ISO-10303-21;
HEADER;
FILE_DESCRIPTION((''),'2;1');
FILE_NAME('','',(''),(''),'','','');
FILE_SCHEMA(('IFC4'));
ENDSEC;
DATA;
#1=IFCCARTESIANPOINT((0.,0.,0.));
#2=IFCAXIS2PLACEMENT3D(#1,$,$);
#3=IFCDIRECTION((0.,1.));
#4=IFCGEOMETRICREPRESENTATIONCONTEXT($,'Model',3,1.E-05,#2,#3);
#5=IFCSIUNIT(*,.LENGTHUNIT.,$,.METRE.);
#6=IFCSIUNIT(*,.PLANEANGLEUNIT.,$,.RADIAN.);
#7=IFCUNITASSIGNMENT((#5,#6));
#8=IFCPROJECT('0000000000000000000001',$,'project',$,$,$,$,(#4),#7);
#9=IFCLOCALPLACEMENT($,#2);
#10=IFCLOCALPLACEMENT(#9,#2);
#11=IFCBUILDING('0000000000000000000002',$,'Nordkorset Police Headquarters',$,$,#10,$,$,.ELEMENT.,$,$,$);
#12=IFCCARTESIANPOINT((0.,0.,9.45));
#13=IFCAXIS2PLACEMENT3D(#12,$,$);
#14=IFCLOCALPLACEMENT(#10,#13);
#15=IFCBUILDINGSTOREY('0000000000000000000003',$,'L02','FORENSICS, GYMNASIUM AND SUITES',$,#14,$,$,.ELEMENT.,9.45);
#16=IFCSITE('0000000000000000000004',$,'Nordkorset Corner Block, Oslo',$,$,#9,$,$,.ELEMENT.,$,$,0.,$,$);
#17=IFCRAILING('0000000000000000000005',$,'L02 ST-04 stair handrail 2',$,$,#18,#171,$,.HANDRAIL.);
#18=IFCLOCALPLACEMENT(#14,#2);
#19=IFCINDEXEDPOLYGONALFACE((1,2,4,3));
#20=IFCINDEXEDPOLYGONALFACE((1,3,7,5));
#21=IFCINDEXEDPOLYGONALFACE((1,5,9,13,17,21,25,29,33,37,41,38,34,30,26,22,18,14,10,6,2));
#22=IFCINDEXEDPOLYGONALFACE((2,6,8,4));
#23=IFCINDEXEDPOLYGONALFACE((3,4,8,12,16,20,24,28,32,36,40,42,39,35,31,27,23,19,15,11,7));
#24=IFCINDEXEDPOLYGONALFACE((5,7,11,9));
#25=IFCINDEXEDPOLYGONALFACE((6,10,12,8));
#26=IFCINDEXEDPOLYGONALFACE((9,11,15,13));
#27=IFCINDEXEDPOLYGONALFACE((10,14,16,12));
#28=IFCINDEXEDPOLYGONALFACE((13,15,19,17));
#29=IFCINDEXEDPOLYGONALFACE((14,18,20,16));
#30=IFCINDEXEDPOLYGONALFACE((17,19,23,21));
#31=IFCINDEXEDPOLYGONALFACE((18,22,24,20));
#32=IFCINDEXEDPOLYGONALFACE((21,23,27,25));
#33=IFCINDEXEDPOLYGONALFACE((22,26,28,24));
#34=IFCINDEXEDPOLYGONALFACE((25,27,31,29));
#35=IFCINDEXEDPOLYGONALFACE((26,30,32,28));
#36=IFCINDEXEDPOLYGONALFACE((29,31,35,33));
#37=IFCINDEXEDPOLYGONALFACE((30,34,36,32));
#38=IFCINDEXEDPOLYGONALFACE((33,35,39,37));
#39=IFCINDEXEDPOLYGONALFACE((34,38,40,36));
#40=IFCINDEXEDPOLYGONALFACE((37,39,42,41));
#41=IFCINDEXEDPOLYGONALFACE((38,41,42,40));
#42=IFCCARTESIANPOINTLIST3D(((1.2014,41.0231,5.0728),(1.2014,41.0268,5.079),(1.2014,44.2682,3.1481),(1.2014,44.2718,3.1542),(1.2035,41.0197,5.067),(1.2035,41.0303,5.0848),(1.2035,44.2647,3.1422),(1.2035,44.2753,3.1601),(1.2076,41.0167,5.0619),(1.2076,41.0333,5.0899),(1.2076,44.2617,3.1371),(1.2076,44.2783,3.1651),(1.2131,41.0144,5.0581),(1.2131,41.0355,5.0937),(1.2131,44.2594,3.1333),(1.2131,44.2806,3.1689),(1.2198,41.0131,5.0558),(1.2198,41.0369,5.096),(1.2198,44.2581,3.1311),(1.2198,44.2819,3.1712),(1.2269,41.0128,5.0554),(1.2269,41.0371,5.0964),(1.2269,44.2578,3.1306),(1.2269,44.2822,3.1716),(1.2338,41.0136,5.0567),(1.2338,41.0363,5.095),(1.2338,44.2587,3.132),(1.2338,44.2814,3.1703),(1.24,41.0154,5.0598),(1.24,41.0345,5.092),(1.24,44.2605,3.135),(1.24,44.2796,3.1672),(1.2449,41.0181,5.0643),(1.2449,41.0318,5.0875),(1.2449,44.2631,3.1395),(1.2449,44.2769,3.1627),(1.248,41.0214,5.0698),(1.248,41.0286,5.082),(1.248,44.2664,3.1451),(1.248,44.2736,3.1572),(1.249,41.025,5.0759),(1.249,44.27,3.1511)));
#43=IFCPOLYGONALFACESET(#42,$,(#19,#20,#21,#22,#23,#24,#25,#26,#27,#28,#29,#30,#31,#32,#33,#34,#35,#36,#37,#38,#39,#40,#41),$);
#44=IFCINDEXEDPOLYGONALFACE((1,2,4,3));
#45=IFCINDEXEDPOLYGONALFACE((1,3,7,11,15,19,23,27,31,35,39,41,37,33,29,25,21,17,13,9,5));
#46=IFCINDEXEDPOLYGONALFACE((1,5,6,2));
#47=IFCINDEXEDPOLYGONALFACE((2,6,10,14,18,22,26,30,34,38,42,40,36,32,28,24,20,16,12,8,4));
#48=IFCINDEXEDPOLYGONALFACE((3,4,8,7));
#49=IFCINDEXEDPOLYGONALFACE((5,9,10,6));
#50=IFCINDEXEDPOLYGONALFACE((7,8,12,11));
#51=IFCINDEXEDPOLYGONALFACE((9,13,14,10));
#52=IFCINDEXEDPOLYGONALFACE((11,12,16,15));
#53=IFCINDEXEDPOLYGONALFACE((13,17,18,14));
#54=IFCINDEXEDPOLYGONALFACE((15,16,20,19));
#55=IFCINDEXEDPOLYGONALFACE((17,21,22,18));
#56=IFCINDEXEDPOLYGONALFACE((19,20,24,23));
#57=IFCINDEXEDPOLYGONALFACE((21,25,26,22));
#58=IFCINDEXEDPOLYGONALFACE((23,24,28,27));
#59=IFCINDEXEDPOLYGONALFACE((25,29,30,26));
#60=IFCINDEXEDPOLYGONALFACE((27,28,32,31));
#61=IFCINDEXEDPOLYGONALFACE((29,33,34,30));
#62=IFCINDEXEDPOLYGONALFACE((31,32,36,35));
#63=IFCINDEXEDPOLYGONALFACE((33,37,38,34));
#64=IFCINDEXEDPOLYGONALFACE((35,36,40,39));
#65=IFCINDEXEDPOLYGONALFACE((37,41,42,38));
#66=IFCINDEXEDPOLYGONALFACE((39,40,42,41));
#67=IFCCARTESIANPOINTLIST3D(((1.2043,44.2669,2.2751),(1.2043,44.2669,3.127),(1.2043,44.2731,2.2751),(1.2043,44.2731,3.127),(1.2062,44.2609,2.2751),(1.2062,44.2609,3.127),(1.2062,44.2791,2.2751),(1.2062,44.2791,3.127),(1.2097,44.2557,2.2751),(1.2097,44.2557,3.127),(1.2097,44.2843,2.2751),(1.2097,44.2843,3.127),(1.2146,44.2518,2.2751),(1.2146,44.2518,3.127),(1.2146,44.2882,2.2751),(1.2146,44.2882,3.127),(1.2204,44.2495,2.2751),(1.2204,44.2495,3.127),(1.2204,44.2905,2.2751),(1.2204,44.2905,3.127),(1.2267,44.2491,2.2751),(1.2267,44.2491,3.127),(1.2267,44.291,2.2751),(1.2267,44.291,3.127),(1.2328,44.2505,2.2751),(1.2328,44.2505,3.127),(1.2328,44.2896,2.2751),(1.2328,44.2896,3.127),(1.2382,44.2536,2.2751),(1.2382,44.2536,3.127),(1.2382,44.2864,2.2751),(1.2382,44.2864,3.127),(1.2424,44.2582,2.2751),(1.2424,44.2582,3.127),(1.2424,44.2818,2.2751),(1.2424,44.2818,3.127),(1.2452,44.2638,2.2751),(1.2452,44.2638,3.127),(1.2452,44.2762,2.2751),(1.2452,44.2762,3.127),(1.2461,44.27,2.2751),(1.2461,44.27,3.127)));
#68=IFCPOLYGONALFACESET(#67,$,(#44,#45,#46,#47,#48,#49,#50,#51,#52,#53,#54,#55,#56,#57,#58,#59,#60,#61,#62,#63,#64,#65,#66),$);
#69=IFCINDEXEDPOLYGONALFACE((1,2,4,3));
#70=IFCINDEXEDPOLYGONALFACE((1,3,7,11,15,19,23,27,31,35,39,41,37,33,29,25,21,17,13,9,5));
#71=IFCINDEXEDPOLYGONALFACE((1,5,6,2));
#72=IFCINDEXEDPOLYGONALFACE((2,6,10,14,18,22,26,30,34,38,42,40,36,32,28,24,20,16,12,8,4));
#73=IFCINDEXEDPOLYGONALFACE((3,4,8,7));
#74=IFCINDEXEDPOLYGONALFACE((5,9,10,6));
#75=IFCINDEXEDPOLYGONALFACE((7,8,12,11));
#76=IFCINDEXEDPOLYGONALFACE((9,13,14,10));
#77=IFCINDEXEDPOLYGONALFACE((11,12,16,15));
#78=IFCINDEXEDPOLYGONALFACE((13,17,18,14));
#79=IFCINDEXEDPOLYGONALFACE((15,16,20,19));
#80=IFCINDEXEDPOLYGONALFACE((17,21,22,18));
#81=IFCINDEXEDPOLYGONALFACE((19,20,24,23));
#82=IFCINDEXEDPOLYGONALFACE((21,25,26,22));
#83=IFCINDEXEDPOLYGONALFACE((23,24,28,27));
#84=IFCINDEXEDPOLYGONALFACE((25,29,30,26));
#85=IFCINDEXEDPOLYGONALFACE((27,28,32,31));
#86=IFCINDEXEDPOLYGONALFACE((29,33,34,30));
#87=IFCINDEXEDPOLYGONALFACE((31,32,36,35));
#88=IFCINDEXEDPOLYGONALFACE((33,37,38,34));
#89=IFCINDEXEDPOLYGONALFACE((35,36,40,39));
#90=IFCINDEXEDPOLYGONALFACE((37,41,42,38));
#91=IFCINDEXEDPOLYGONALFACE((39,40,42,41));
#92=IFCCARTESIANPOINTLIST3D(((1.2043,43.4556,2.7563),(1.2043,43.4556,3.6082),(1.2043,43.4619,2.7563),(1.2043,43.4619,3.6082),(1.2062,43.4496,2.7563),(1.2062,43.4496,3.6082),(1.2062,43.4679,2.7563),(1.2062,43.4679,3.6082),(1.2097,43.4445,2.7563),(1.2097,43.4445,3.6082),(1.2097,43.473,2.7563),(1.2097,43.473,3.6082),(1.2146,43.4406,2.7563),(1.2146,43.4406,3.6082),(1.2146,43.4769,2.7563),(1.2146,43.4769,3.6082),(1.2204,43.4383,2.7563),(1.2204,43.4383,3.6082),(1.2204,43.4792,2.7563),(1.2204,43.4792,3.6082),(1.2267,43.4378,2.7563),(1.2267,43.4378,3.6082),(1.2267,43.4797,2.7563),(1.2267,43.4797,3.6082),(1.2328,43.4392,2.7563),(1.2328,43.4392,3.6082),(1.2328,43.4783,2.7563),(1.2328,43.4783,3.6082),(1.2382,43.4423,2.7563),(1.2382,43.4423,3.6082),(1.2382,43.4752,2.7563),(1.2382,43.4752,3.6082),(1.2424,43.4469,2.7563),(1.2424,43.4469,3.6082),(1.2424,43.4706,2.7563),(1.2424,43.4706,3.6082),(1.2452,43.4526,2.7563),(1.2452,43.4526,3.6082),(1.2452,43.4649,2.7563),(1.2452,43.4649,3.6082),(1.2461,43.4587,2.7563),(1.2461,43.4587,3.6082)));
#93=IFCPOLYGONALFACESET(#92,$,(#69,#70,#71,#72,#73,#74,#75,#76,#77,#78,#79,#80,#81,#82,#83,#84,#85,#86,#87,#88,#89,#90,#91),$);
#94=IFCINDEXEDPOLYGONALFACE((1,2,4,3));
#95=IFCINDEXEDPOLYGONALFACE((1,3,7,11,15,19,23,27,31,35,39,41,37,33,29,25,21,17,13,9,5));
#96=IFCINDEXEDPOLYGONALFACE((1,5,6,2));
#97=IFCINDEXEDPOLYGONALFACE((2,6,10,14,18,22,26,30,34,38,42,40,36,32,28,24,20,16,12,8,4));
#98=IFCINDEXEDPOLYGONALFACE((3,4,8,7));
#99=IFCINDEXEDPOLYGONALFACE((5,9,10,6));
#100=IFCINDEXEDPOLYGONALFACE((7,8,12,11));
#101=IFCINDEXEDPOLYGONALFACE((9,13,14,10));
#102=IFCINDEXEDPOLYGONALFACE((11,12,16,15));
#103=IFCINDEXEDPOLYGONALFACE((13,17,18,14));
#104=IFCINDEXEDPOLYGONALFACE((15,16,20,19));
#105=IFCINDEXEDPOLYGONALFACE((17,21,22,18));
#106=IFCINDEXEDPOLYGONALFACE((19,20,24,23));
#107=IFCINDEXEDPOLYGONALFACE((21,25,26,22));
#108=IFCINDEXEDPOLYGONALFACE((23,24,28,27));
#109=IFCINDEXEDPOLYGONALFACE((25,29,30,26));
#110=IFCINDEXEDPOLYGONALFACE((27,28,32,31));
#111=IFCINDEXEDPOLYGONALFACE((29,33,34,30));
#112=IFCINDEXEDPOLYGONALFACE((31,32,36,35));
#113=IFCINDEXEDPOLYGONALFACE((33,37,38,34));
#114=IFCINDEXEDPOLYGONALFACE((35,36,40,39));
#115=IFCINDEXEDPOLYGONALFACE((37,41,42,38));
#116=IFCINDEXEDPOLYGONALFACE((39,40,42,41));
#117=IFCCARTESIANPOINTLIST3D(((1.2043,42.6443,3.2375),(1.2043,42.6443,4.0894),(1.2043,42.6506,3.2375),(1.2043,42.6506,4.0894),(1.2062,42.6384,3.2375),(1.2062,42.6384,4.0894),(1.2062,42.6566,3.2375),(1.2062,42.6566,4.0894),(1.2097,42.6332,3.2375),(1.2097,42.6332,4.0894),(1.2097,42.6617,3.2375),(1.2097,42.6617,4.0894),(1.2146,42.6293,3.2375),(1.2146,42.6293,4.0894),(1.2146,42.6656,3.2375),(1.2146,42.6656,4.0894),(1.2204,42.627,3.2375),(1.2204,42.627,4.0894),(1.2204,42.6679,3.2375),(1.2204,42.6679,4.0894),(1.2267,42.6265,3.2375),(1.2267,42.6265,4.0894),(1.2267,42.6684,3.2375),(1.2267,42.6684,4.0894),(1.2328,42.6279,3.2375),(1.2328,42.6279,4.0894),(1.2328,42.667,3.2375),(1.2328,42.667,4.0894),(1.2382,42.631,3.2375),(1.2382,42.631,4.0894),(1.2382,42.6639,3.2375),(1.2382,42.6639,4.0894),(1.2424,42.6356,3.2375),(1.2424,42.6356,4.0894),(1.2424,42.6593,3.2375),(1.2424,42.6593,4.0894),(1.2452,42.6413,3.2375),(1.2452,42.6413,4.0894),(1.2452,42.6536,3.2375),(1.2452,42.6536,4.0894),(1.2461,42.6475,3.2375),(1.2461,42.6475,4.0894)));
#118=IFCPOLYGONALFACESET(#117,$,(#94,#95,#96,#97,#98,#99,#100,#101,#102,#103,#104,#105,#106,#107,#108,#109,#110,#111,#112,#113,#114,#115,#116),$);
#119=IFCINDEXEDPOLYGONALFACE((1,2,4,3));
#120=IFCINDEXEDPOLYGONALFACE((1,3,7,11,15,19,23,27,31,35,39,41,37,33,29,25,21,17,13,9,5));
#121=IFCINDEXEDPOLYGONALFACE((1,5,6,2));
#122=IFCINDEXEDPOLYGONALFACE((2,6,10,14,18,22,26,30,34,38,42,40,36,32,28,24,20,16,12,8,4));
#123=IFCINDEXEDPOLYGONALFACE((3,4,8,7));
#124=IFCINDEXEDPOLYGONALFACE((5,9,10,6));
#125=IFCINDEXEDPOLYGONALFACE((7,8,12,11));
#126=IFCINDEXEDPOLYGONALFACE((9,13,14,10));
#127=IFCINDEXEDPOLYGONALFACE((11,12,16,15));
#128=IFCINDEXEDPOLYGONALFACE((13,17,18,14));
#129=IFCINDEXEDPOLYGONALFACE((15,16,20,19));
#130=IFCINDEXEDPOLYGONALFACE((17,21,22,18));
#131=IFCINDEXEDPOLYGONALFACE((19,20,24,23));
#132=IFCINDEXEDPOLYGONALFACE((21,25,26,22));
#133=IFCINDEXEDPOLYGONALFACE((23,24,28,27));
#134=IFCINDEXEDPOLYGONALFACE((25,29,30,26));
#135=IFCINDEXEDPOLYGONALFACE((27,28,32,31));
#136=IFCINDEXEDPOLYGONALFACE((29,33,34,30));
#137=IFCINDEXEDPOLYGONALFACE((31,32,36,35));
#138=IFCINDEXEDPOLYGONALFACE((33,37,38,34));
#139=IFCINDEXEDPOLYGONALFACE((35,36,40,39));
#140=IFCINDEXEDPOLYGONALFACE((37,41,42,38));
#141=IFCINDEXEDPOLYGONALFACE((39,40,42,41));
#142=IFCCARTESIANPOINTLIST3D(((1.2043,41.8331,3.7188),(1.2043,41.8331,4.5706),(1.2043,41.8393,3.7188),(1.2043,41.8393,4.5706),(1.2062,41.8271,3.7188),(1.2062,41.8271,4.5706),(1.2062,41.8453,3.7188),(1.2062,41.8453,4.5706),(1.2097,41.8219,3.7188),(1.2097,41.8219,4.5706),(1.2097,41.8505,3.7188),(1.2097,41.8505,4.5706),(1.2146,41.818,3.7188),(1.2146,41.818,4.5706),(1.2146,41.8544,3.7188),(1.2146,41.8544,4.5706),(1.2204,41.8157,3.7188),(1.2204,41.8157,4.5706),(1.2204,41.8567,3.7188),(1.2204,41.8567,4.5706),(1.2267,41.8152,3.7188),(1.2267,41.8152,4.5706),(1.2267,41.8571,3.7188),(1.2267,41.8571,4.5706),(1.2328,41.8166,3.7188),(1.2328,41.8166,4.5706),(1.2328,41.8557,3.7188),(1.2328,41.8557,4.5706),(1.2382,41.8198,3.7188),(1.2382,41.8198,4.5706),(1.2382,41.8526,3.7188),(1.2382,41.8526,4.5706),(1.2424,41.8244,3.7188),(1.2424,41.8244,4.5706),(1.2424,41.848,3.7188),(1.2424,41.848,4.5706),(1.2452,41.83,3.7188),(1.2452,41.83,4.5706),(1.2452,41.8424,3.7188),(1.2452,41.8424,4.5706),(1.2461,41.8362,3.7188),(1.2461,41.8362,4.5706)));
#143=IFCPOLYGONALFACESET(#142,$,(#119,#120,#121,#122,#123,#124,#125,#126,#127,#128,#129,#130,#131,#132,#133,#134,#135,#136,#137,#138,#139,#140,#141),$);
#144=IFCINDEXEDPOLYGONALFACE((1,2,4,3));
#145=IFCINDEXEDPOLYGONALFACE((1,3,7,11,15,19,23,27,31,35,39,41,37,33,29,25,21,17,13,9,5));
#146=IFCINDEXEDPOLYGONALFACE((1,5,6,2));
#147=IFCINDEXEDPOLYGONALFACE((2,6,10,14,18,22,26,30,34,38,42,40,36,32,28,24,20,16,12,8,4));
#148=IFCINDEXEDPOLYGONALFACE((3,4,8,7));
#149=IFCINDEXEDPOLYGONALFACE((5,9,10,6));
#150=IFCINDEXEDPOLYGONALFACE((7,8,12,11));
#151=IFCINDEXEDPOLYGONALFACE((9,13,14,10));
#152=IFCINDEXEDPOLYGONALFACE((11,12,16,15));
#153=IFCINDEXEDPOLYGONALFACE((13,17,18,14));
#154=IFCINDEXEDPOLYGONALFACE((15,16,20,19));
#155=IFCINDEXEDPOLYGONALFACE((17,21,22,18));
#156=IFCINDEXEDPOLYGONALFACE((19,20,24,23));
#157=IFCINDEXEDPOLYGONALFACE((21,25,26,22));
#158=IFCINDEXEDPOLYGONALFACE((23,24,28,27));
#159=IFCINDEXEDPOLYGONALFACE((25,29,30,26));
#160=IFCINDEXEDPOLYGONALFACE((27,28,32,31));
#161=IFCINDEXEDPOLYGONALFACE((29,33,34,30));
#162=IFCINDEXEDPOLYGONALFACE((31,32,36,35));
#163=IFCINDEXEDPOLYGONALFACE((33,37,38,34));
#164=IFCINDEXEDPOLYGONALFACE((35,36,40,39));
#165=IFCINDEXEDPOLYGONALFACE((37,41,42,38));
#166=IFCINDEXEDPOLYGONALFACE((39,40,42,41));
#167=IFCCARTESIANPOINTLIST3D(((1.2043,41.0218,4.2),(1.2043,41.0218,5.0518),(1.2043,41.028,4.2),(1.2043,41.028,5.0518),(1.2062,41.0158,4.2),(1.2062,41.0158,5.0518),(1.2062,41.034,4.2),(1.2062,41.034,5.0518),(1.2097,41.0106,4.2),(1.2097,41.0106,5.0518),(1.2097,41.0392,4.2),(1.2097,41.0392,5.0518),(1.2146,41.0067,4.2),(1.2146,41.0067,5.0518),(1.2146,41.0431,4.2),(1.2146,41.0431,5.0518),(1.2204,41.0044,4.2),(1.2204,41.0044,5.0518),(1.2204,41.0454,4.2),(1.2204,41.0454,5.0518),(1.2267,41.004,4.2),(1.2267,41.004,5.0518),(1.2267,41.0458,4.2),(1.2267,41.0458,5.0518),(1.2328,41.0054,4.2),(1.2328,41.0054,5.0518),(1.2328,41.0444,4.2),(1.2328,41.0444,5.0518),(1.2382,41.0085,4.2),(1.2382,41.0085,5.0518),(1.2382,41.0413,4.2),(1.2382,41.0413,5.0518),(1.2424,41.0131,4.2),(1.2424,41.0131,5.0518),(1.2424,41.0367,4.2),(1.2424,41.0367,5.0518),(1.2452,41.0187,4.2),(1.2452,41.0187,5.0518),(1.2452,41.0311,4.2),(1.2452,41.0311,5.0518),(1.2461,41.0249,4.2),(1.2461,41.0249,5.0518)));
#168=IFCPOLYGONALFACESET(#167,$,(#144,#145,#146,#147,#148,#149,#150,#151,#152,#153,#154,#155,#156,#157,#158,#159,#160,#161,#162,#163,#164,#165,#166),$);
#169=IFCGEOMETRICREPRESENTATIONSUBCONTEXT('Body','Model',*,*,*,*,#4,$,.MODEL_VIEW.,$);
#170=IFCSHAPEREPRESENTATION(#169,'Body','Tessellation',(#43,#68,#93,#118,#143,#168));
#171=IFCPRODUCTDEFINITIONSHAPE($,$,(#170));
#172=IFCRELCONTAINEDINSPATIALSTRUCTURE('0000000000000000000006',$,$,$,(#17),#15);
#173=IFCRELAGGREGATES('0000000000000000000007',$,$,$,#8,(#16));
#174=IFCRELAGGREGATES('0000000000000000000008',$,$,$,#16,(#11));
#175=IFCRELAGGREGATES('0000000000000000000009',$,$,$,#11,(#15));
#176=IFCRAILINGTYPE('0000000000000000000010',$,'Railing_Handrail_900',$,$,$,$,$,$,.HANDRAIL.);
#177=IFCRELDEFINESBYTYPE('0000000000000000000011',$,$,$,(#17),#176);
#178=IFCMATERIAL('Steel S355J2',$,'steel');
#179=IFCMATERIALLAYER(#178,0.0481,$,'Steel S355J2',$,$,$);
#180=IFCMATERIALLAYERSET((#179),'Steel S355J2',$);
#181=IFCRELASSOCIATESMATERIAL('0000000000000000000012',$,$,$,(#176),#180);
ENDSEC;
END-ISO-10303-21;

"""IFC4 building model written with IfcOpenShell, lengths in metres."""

from ifc_helpers import new_model, si_unit, direction, frame, origin, origin_2d, place, context, subcontext, project, spatial, circle, extrude, material, layer, layer_set, type_object, element, save


model = new_model("IFC4")

# Units and contexts
model_context = context("Model", 3, precision=1e-05, world=origin(), true_north=direction((0.0, 1.0)))
body_context = subcontext(model_context, "Body", "Model", "MODEL_VIEW")
ifc_project = project(units=[si_unit("LENGTHUNIT", "METRE"), si_unit("PLANEANGLEUNIT", "RADIAN")], contexts=[model_context])

# Site, building, storey
site_placement = place(None, origin())
site = spatial("IfcSite", under=ifc_project, at=site_placement, Name="Nordkorset Corner Block, Oslo", CompositionType="ELEMENT", RefElevation=0.0)
building_placement = place(site_placement, origin())
building = spatial("IfcBuilding", under=site, at=building_placement, Name="Nordkorset Police Headquarters", CompositionType="ELEMENT")
storey_placement = place(building_placement, frame((0.0, 0.0, 9.45)))
storey = spatial("IfcBuildingStorey", under=building, at=storey_placement, Name="L02", Description="FORENSICS, GYMNASIUM AND SUITES", CompositionType="ELEMENT", Elevation=9.45)

# Railing
ifc_material_1 = material(Name="Steel S355J2", Category="steel")
ifc_layer_1 = layer(ifc_material_1, 0.0481, Name="Steel S355J2")
ifc_layer_set_1 = layer_set([ifc_layer_1], Name="Steel S355J2")
railing_type_1 = type_object("IfcRailingType", Name="Railing_Handrail_900", PredefinedType="HANDRAIL", material=ifc_layer_set_1)
railing_1_placement = place(storey_placement, frame((1.2251, 44.27, 2.2751)))
element("IfcRailing", 1, at=railing_1_placement, inside=storey, type_object=railing_type_1, Name="L02 ST-04 stair handrail 2", PredefinedType="HANDRAIL", context=body_context, shape_type="SweptSolid", body=[
    extrude(circle(Radius=0.0239, at=origin_2d()), frame((0.0, 0.0, 0.876), z_axis=(0.0, -0.860085, 0.51015), x_axis=(1.0, 0.0, 0.0)), (0.0, 0.0, 1.0), 3.7729),
    extrude(circle(Radius=0.021, at=origin_2d()), origin(), (0.0, 0.0, 1.0), 0.8518),
    extrude(circle(Radius=0.021, at=origin_2d()), frame((0.0, -0.8113, 0.4812)), (0.0, 0.0, 1.0), 0.8518),
    extrude(circle(Radius=0.021, at=origin_2d()), frame((0.0, -1.6226, 0.9624)), (0.0, 0.0, 1.0), 0.8518),
    extrude(circle(Radius=0.021, at=origin_2d()), frame((0.0, -2.4338, 1.4436)), (0.0, 0.0, 1.0), 0.8518),
    extrude(circle(Radius=0.021, at=origin_2d()), frame((0.0, -3.2451, 1.9248)), (0.0, 0.0, 1.0), 0.8518),
])

save(model, "model.ifc")
